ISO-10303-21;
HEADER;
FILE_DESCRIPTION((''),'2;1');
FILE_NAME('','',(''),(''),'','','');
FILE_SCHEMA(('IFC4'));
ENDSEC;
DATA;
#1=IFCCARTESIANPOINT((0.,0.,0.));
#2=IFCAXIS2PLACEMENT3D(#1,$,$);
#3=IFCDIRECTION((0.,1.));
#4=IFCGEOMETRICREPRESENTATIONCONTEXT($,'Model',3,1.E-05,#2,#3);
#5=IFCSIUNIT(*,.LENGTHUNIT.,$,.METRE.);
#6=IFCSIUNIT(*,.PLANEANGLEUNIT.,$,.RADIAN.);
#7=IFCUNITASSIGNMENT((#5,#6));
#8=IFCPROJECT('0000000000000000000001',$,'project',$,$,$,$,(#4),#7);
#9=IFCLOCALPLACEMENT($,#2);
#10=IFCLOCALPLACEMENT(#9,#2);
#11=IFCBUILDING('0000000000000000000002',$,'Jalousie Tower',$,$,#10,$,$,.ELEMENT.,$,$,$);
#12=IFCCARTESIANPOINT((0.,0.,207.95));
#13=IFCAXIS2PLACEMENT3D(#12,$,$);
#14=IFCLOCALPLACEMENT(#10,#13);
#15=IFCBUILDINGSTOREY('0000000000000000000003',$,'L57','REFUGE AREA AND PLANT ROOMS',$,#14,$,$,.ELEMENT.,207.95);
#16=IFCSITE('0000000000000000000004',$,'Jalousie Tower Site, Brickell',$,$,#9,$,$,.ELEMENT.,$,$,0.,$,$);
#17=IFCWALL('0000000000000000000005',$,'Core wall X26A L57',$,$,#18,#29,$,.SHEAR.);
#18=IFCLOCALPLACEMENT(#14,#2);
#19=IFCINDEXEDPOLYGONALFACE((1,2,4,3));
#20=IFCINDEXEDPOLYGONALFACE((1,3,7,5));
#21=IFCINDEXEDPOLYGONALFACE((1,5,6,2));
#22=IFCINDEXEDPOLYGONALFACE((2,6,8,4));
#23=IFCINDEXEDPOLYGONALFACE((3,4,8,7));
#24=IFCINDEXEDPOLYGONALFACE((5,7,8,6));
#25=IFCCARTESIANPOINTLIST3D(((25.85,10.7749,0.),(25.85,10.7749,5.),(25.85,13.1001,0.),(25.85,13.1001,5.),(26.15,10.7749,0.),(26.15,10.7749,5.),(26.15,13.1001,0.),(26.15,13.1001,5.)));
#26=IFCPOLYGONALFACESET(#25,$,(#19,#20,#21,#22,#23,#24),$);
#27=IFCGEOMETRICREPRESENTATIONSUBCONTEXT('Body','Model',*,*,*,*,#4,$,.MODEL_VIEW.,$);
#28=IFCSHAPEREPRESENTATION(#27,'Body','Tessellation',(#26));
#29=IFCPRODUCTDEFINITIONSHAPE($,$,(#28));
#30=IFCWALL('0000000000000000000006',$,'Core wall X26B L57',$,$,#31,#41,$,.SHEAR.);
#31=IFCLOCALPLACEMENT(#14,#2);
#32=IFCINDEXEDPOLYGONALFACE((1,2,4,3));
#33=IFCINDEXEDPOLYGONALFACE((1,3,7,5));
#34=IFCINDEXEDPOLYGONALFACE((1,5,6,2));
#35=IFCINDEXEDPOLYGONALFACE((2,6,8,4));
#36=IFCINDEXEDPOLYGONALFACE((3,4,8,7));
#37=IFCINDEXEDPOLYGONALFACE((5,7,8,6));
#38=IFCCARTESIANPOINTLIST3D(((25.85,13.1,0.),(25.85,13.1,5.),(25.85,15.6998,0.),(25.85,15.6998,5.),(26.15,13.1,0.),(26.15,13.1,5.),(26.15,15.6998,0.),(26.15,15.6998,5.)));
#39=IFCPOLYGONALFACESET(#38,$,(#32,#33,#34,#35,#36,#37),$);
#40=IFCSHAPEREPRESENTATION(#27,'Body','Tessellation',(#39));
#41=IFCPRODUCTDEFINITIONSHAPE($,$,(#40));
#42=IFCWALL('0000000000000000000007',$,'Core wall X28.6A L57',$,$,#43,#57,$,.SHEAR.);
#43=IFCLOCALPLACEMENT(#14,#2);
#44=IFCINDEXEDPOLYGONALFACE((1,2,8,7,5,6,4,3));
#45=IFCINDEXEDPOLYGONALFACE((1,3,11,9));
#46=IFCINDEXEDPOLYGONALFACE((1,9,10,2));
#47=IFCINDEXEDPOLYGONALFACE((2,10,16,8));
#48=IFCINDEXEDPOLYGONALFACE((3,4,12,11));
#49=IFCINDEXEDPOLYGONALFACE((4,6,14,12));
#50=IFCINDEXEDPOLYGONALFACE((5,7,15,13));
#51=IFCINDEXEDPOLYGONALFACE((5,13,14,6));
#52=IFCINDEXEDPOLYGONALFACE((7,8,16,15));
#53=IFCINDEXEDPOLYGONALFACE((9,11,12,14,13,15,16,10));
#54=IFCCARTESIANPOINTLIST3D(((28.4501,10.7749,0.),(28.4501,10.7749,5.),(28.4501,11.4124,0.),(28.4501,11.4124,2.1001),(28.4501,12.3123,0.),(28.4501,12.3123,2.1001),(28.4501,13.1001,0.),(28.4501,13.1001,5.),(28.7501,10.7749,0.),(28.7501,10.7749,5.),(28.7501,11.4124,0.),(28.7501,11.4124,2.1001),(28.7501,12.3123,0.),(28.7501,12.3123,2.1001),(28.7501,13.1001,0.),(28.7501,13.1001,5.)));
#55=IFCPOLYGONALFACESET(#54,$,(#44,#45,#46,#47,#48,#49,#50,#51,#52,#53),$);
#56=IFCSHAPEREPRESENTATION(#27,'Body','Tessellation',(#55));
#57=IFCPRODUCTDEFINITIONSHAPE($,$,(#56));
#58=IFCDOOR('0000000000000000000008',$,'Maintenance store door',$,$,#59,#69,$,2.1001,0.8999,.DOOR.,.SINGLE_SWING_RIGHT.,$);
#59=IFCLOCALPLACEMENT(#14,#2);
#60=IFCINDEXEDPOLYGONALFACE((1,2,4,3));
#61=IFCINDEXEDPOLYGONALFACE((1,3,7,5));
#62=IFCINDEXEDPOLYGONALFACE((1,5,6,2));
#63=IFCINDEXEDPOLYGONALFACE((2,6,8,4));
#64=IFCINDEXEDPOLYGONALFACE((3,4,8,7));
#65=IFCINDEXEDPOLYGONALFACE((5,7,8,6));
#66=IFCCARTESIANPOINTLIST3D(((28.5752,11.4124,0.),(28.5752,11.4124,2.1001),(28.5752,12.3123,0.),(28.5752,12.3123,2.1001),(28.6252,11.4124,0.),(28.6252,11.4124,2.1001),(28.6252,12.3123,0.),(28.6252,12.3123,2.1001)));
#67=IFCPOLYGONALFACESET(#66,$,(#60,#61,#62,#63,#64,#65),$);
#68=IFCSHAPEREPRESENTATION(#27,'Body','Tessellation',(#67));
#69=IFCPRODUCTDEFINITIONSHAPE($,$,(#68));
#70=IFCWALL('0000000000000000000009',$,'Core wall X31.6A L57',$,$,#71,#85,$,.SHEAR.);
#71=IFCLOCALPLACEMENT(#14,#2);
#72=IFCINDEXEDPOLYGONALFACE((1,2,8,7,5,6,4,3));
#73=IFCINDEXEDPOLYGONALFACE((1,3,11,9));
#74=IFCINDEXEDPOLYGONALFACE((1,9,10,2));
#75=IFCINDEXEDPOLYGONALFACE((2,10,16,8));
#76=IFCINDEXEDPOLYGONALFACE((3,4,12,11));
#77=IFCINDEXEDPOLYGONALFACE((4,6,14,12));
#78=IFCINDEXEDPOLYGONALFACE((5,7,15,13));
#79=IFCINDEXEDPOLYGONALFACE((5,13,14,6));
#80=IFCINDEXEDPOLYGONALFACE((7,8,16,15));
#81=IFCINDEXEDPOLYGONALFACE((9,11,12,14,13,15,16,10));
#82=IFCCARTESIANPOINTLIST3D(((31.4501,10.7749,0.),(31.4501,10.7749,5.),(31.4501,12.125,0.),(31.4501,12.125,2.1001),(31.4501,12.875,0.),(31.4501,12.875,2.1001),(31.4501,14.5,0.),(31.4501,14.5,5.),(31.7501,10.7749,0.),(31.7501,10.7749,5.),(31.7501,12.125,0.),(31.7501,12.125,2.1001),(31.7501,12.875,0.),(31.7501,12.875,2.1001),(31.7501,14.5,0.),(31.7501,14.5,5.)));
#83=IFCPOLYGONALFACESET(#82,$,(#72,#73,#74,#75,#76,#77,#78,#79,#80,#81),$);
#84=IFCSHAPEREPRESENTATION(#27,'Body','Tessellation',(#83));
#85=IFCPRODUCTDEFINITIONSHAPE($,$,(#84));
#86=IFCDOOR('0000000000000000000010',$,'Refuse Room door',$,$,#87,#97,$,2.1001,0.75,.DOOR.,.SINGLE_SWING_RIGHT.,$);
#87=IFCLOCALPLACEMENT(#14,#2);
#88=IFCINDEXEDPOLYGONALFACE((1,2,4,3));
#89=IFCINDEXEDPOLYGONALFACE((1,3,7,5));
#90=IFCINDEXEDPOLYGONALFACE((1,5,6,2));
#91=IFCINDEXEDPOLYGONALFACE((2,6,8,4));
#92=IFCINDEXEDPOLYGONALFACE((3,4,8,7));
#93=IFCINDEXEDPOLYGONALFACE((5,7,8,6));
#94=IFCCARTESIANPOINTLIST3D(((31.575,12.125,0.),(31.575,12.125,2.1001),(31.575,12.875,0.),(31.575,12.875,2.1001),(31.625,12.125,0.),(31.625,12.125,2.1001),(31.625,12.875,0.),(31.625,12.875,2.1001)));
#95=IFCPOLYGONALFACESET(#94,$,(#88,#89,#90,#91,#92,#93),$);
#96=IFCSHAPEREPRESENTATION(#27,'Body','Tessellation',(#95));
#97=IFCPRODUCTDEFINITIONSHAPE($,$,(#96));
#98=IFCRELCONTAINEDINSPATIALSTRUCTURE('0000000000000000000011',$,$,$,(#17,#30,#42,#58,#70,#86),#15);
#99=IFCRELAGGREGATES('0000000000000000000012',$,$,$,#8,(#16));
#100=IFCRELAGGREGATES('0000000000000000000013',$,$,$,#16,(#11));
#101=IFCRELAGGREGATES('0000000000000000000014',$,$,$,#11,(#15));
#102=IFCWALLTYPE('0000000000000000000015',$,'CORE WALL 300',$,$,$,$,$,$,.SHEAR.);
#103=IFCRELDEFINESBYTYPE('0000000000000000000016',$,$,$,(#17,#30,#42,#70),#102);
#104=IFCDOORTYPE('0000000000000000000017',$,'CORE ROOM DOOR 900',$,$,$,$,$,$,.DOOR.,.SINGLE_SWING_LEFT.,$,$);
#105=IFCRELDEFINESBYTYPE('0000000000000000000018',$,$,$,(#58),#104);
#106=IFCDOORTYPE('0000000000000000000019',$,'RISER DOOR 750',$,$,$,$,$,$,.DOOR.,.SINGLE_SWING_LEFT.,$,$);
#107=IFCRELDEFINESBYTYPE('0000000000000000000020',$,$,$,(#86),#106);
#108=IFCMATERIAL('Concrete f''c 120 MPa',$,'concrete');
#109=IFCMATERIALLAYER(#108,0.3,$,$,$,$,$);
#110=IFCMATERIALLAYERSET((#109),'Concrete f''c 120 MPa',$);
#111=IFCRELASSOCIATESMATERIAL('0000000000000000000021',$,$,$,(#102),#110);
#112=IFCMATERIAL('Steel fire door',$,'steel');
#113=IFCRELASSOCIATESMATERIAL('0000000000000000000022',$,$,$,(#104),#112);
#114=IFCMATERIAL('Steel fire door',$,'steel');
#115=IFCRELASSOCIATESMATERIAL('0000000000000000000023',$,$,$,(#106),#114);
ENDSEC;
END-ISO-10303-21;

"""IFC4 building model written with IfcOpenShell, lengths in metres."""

from ifc_helpers import new_model, si_unit, direction, frame, frame_2d, origin, place, context, subcontext, project, spatial, rectangle, extrude, material, layer, layer_set, type_object, element, fill, save


model = new_model("IFC4")

# Units and contexts
model_context = context("Model", 3, precision=1e-05, world=origin(), true_north=direction((0.0, 1.0)))
body_context = subcontext(model_context, "Body", "Model", "MODEL_VIEW")
ifc_project = project(units=[si_unit("LENGTHUNIT", "METRE"), si_unit("PLANEANGLEUNIT", "RADIAN")], contexts=[model_context])

# Site, building, storey
site_placement = place(None, origin())
site = spatial("IfcSite", under=ifc_project, at=site_placement, Name="Jalousie Tower Site, Brickell", CompositionType="ELEMENT", RefElevation=0.0)
building_placement = place(site_placement, origin())
building = spatial("IfcBuilding", under=site, at=building_placement, Name="Jalousie Tower", CompositionType="ELEMENT")
storey_placement = place(building_placement, frame((0.0, 0.0, 207.95)))
storey = spatial("IfcBuildingStorey", under=building, at=storey_placement, Name="L57", Description="REFUGE AREA AND PLANT ROOMS", CompositionType="ELEMENT", Elevation=207.95)

# Walls
ifc_material_1 = material(Name="Concrete f'c 120 MPa", Category="concrete")
ifc_layer_1 = layer(ifc_material_1, 0.3)
ifc_layer_set_1 = layer_set([ifc_layer_1], Name="Concrete f'c 120 MPa")
wall_type_1 = type_object("IfcWallType", Name="CORE WALL 300", PredefinedType="SHEAR", material=ifc_layer_set_1)
wall_1_placement = place(storey_placement, frame((26.0, 10.7749, 0.0), z_axis=(0.0, 0.0, 1.0), x_axis=(0.0, 1.0, 0.0)))
element("IfcWall", 1, at=wall_1_placement, inside=storey, type_object=wall_type_1, Name="Core wall X26A L57", PredefinedType="SHEAR", context=body_context, shape_type="SweptSolid", body=[
    extrude(rectangle(XDim=2.3252, YDim=0.3, at=frame_2d((1.1626, 0.0))), origin(), (0.0, 0.0, 1.0), 5.0),
])
wall_2_placement = place(storey_placement, frame((26.0, 13.1001, 0.0), z_axis=(0.0, 0.0, 1.0), x_axis=(0.0, 1.0, 0.0)))
element("IfcWall", 2, at=wall_2_placement, inside=storey, type_object=wall_type_1, Name="Core wall X26B L57", PredefinedType="SHEAR", context=body_context, shape_type="SweptSolid", body=[
    extrude(rectangle(XDim=2.5999, YDim=0.3, at=frame_2d((1.2998, 0.0))), origin(), (0.0, 0.0, 1.0), 5.0),
])

# Walls, openings, doors
wall_3_placement = place(storey_placement, frame((28.6001, 10.7749, 0.0), z_axis=(0.0, 0.0, 1.0), x_axis=(0.0, 1.0, 0.0)))
wall_3 = element("IfcWall", 3, at=wall_3_placement, inside=storey, type_object=wall_type_1, Name="Core wall X28.6A L57", PredefinedType="SHEAR", context=body_context, shape_type="SweptSolid", body=[
    extrude(rectangle(XDim=2.3252, YDim=0.3, at=frame_2d((1.1626, 0.0))), origin(), (0.0, 0.0, 1.0), 5.0),
])
opening_1_placement = place(wall_3_placement, frame((0.6375, 0.0, 0.0)))
opening_1 = element("IfcOpeningElement", 4, at=opening_1_placement, cuts=wall_3, PredefinedType="OPENING", context=body_context, shape_type="SweptSolid", body=[
    extrude(rectangle(XDim=0.8999, YDim=2.1001, at=frame_2d((0.45, 1.05))), frame((0.0, 0.1599, 0.0), z_axis=(0.0, -1.0, 0.0), x_axis=(1.0, 0.0, 0.0)), (0.0, 0.0, 1.0), 0.3201),
])
ifc_material_2 = material(Name="Steel fire door", Category="steel")
door_type_1 = type_object("IfcDoorType", Name="CORE ROOM DOOR 900", OperationType="SINGLE_SWING_LEFT", PredefinedType="DOOR", material=ifc_material_2)
door_1_placement = place(opening_1_placement, origin())
door_1 = element("IfcDoor", 5, at=door_1_placement, inside=storey, type_object=door_type_1, Name="Maintenance store door", OperationType="SINGLE_SWING_RIGHT", OverallHeight=2.1001, OverallWidth=0.8999, PredefinedType="DOOR", context=body_context, shape_type="SweptSolid", body=[
    extrude(rectangle(XDim=0.8999, YDim=2.1001, at=frame_2d((0.45, 1.05))), frame((0.0, 0.0249, 0.0), z_axis=(0.0, -1.0, 0.0), x_axis=(1.0, 0.0, 0.0)), (0.0, 0.0, 1.0), 0.05),
])
fill(opening_1, door_1)
wall_4_placement = place(storey_placement, frame((31.6001, 10.7749, 0.0), z_axis=(0.0, 0.0, 1.0), x_axis=(0.0, 1.0, 0.0)))
wall_4 = element("IfcWall", 6, at=wall_4_placement, inside=storey, type_object=wall_type_1, Name="Core wall X31.6A L57", PredefinedType="SHEAR", context=body_context, shape_type="SweptSolid", body=[
    extrude(rectangle(XDim=3.7251, YDim=0.3, at=frame_2d((1.8625, 0.0))), origin(), (0.0, 0.0, 1.0), 5.0),
])
opening_2_placement = place(wall_4_placement, frame((1.3501, 0.0, 0.0)))
opening_2 = element("IfcOpeningElement", 7, at=opening_2_placement, cuts=wall_4, PredefinedType="OPENING", context=body_context, shape_type="SweptSolid", body=[
    extrude(rectangle(XDim=0.75, YDim=2.1001, at=frame_2d((0.375, 1.05))), frame((0.0, 0.1599, 0.0), z_axis=(0.0, -1.0, 0.0), x_axis=(1.0, 0.0, 0.0)), (0.0, 0.0, 1.0), 0.3201),
])
ifc_material_3 = material(Name="Steel fire door", Category="steel")
door_type_2 = type_object("IfcDoorType", Name="RISER DOOR 750", OperationType="SINGLE_SWING_LEFT", PredefinedType="DOOR", material=ifc_material_3)
door_2_placement = place(opening_2_placement, frame((0.75, 0.0, 0.0), z_axis=(0.0, 0.0, 1.0), x_axis=(-1.0, 0.0, 0.0)))
door_2 = element("IfcDoor", 8, at=door_2_placement, inside=storey, type_object=door_type_2, Name="Refuse Room door", OperationType="SINGLE_SWING_RIGHT", OverallHeight=2.1001, OverallWidth=0.75, PredefinedType="DOOR", context=body_context, shape_type="SweptSolid", body=[
    extrude(rectangle(XDim=0.75, YDim=2.1001, at=frame_2d((0.375, 1.05))), frame((0.0, 0.0249, 0.0), z_axis=(0.0, -1.0, 0.0), x_axis=(1.0, 0.0, 0.0)), (0.0, 0.0, 1.0), 0.05),
])
fill(opening_2, door_2)

save(model, "model.ifc")
